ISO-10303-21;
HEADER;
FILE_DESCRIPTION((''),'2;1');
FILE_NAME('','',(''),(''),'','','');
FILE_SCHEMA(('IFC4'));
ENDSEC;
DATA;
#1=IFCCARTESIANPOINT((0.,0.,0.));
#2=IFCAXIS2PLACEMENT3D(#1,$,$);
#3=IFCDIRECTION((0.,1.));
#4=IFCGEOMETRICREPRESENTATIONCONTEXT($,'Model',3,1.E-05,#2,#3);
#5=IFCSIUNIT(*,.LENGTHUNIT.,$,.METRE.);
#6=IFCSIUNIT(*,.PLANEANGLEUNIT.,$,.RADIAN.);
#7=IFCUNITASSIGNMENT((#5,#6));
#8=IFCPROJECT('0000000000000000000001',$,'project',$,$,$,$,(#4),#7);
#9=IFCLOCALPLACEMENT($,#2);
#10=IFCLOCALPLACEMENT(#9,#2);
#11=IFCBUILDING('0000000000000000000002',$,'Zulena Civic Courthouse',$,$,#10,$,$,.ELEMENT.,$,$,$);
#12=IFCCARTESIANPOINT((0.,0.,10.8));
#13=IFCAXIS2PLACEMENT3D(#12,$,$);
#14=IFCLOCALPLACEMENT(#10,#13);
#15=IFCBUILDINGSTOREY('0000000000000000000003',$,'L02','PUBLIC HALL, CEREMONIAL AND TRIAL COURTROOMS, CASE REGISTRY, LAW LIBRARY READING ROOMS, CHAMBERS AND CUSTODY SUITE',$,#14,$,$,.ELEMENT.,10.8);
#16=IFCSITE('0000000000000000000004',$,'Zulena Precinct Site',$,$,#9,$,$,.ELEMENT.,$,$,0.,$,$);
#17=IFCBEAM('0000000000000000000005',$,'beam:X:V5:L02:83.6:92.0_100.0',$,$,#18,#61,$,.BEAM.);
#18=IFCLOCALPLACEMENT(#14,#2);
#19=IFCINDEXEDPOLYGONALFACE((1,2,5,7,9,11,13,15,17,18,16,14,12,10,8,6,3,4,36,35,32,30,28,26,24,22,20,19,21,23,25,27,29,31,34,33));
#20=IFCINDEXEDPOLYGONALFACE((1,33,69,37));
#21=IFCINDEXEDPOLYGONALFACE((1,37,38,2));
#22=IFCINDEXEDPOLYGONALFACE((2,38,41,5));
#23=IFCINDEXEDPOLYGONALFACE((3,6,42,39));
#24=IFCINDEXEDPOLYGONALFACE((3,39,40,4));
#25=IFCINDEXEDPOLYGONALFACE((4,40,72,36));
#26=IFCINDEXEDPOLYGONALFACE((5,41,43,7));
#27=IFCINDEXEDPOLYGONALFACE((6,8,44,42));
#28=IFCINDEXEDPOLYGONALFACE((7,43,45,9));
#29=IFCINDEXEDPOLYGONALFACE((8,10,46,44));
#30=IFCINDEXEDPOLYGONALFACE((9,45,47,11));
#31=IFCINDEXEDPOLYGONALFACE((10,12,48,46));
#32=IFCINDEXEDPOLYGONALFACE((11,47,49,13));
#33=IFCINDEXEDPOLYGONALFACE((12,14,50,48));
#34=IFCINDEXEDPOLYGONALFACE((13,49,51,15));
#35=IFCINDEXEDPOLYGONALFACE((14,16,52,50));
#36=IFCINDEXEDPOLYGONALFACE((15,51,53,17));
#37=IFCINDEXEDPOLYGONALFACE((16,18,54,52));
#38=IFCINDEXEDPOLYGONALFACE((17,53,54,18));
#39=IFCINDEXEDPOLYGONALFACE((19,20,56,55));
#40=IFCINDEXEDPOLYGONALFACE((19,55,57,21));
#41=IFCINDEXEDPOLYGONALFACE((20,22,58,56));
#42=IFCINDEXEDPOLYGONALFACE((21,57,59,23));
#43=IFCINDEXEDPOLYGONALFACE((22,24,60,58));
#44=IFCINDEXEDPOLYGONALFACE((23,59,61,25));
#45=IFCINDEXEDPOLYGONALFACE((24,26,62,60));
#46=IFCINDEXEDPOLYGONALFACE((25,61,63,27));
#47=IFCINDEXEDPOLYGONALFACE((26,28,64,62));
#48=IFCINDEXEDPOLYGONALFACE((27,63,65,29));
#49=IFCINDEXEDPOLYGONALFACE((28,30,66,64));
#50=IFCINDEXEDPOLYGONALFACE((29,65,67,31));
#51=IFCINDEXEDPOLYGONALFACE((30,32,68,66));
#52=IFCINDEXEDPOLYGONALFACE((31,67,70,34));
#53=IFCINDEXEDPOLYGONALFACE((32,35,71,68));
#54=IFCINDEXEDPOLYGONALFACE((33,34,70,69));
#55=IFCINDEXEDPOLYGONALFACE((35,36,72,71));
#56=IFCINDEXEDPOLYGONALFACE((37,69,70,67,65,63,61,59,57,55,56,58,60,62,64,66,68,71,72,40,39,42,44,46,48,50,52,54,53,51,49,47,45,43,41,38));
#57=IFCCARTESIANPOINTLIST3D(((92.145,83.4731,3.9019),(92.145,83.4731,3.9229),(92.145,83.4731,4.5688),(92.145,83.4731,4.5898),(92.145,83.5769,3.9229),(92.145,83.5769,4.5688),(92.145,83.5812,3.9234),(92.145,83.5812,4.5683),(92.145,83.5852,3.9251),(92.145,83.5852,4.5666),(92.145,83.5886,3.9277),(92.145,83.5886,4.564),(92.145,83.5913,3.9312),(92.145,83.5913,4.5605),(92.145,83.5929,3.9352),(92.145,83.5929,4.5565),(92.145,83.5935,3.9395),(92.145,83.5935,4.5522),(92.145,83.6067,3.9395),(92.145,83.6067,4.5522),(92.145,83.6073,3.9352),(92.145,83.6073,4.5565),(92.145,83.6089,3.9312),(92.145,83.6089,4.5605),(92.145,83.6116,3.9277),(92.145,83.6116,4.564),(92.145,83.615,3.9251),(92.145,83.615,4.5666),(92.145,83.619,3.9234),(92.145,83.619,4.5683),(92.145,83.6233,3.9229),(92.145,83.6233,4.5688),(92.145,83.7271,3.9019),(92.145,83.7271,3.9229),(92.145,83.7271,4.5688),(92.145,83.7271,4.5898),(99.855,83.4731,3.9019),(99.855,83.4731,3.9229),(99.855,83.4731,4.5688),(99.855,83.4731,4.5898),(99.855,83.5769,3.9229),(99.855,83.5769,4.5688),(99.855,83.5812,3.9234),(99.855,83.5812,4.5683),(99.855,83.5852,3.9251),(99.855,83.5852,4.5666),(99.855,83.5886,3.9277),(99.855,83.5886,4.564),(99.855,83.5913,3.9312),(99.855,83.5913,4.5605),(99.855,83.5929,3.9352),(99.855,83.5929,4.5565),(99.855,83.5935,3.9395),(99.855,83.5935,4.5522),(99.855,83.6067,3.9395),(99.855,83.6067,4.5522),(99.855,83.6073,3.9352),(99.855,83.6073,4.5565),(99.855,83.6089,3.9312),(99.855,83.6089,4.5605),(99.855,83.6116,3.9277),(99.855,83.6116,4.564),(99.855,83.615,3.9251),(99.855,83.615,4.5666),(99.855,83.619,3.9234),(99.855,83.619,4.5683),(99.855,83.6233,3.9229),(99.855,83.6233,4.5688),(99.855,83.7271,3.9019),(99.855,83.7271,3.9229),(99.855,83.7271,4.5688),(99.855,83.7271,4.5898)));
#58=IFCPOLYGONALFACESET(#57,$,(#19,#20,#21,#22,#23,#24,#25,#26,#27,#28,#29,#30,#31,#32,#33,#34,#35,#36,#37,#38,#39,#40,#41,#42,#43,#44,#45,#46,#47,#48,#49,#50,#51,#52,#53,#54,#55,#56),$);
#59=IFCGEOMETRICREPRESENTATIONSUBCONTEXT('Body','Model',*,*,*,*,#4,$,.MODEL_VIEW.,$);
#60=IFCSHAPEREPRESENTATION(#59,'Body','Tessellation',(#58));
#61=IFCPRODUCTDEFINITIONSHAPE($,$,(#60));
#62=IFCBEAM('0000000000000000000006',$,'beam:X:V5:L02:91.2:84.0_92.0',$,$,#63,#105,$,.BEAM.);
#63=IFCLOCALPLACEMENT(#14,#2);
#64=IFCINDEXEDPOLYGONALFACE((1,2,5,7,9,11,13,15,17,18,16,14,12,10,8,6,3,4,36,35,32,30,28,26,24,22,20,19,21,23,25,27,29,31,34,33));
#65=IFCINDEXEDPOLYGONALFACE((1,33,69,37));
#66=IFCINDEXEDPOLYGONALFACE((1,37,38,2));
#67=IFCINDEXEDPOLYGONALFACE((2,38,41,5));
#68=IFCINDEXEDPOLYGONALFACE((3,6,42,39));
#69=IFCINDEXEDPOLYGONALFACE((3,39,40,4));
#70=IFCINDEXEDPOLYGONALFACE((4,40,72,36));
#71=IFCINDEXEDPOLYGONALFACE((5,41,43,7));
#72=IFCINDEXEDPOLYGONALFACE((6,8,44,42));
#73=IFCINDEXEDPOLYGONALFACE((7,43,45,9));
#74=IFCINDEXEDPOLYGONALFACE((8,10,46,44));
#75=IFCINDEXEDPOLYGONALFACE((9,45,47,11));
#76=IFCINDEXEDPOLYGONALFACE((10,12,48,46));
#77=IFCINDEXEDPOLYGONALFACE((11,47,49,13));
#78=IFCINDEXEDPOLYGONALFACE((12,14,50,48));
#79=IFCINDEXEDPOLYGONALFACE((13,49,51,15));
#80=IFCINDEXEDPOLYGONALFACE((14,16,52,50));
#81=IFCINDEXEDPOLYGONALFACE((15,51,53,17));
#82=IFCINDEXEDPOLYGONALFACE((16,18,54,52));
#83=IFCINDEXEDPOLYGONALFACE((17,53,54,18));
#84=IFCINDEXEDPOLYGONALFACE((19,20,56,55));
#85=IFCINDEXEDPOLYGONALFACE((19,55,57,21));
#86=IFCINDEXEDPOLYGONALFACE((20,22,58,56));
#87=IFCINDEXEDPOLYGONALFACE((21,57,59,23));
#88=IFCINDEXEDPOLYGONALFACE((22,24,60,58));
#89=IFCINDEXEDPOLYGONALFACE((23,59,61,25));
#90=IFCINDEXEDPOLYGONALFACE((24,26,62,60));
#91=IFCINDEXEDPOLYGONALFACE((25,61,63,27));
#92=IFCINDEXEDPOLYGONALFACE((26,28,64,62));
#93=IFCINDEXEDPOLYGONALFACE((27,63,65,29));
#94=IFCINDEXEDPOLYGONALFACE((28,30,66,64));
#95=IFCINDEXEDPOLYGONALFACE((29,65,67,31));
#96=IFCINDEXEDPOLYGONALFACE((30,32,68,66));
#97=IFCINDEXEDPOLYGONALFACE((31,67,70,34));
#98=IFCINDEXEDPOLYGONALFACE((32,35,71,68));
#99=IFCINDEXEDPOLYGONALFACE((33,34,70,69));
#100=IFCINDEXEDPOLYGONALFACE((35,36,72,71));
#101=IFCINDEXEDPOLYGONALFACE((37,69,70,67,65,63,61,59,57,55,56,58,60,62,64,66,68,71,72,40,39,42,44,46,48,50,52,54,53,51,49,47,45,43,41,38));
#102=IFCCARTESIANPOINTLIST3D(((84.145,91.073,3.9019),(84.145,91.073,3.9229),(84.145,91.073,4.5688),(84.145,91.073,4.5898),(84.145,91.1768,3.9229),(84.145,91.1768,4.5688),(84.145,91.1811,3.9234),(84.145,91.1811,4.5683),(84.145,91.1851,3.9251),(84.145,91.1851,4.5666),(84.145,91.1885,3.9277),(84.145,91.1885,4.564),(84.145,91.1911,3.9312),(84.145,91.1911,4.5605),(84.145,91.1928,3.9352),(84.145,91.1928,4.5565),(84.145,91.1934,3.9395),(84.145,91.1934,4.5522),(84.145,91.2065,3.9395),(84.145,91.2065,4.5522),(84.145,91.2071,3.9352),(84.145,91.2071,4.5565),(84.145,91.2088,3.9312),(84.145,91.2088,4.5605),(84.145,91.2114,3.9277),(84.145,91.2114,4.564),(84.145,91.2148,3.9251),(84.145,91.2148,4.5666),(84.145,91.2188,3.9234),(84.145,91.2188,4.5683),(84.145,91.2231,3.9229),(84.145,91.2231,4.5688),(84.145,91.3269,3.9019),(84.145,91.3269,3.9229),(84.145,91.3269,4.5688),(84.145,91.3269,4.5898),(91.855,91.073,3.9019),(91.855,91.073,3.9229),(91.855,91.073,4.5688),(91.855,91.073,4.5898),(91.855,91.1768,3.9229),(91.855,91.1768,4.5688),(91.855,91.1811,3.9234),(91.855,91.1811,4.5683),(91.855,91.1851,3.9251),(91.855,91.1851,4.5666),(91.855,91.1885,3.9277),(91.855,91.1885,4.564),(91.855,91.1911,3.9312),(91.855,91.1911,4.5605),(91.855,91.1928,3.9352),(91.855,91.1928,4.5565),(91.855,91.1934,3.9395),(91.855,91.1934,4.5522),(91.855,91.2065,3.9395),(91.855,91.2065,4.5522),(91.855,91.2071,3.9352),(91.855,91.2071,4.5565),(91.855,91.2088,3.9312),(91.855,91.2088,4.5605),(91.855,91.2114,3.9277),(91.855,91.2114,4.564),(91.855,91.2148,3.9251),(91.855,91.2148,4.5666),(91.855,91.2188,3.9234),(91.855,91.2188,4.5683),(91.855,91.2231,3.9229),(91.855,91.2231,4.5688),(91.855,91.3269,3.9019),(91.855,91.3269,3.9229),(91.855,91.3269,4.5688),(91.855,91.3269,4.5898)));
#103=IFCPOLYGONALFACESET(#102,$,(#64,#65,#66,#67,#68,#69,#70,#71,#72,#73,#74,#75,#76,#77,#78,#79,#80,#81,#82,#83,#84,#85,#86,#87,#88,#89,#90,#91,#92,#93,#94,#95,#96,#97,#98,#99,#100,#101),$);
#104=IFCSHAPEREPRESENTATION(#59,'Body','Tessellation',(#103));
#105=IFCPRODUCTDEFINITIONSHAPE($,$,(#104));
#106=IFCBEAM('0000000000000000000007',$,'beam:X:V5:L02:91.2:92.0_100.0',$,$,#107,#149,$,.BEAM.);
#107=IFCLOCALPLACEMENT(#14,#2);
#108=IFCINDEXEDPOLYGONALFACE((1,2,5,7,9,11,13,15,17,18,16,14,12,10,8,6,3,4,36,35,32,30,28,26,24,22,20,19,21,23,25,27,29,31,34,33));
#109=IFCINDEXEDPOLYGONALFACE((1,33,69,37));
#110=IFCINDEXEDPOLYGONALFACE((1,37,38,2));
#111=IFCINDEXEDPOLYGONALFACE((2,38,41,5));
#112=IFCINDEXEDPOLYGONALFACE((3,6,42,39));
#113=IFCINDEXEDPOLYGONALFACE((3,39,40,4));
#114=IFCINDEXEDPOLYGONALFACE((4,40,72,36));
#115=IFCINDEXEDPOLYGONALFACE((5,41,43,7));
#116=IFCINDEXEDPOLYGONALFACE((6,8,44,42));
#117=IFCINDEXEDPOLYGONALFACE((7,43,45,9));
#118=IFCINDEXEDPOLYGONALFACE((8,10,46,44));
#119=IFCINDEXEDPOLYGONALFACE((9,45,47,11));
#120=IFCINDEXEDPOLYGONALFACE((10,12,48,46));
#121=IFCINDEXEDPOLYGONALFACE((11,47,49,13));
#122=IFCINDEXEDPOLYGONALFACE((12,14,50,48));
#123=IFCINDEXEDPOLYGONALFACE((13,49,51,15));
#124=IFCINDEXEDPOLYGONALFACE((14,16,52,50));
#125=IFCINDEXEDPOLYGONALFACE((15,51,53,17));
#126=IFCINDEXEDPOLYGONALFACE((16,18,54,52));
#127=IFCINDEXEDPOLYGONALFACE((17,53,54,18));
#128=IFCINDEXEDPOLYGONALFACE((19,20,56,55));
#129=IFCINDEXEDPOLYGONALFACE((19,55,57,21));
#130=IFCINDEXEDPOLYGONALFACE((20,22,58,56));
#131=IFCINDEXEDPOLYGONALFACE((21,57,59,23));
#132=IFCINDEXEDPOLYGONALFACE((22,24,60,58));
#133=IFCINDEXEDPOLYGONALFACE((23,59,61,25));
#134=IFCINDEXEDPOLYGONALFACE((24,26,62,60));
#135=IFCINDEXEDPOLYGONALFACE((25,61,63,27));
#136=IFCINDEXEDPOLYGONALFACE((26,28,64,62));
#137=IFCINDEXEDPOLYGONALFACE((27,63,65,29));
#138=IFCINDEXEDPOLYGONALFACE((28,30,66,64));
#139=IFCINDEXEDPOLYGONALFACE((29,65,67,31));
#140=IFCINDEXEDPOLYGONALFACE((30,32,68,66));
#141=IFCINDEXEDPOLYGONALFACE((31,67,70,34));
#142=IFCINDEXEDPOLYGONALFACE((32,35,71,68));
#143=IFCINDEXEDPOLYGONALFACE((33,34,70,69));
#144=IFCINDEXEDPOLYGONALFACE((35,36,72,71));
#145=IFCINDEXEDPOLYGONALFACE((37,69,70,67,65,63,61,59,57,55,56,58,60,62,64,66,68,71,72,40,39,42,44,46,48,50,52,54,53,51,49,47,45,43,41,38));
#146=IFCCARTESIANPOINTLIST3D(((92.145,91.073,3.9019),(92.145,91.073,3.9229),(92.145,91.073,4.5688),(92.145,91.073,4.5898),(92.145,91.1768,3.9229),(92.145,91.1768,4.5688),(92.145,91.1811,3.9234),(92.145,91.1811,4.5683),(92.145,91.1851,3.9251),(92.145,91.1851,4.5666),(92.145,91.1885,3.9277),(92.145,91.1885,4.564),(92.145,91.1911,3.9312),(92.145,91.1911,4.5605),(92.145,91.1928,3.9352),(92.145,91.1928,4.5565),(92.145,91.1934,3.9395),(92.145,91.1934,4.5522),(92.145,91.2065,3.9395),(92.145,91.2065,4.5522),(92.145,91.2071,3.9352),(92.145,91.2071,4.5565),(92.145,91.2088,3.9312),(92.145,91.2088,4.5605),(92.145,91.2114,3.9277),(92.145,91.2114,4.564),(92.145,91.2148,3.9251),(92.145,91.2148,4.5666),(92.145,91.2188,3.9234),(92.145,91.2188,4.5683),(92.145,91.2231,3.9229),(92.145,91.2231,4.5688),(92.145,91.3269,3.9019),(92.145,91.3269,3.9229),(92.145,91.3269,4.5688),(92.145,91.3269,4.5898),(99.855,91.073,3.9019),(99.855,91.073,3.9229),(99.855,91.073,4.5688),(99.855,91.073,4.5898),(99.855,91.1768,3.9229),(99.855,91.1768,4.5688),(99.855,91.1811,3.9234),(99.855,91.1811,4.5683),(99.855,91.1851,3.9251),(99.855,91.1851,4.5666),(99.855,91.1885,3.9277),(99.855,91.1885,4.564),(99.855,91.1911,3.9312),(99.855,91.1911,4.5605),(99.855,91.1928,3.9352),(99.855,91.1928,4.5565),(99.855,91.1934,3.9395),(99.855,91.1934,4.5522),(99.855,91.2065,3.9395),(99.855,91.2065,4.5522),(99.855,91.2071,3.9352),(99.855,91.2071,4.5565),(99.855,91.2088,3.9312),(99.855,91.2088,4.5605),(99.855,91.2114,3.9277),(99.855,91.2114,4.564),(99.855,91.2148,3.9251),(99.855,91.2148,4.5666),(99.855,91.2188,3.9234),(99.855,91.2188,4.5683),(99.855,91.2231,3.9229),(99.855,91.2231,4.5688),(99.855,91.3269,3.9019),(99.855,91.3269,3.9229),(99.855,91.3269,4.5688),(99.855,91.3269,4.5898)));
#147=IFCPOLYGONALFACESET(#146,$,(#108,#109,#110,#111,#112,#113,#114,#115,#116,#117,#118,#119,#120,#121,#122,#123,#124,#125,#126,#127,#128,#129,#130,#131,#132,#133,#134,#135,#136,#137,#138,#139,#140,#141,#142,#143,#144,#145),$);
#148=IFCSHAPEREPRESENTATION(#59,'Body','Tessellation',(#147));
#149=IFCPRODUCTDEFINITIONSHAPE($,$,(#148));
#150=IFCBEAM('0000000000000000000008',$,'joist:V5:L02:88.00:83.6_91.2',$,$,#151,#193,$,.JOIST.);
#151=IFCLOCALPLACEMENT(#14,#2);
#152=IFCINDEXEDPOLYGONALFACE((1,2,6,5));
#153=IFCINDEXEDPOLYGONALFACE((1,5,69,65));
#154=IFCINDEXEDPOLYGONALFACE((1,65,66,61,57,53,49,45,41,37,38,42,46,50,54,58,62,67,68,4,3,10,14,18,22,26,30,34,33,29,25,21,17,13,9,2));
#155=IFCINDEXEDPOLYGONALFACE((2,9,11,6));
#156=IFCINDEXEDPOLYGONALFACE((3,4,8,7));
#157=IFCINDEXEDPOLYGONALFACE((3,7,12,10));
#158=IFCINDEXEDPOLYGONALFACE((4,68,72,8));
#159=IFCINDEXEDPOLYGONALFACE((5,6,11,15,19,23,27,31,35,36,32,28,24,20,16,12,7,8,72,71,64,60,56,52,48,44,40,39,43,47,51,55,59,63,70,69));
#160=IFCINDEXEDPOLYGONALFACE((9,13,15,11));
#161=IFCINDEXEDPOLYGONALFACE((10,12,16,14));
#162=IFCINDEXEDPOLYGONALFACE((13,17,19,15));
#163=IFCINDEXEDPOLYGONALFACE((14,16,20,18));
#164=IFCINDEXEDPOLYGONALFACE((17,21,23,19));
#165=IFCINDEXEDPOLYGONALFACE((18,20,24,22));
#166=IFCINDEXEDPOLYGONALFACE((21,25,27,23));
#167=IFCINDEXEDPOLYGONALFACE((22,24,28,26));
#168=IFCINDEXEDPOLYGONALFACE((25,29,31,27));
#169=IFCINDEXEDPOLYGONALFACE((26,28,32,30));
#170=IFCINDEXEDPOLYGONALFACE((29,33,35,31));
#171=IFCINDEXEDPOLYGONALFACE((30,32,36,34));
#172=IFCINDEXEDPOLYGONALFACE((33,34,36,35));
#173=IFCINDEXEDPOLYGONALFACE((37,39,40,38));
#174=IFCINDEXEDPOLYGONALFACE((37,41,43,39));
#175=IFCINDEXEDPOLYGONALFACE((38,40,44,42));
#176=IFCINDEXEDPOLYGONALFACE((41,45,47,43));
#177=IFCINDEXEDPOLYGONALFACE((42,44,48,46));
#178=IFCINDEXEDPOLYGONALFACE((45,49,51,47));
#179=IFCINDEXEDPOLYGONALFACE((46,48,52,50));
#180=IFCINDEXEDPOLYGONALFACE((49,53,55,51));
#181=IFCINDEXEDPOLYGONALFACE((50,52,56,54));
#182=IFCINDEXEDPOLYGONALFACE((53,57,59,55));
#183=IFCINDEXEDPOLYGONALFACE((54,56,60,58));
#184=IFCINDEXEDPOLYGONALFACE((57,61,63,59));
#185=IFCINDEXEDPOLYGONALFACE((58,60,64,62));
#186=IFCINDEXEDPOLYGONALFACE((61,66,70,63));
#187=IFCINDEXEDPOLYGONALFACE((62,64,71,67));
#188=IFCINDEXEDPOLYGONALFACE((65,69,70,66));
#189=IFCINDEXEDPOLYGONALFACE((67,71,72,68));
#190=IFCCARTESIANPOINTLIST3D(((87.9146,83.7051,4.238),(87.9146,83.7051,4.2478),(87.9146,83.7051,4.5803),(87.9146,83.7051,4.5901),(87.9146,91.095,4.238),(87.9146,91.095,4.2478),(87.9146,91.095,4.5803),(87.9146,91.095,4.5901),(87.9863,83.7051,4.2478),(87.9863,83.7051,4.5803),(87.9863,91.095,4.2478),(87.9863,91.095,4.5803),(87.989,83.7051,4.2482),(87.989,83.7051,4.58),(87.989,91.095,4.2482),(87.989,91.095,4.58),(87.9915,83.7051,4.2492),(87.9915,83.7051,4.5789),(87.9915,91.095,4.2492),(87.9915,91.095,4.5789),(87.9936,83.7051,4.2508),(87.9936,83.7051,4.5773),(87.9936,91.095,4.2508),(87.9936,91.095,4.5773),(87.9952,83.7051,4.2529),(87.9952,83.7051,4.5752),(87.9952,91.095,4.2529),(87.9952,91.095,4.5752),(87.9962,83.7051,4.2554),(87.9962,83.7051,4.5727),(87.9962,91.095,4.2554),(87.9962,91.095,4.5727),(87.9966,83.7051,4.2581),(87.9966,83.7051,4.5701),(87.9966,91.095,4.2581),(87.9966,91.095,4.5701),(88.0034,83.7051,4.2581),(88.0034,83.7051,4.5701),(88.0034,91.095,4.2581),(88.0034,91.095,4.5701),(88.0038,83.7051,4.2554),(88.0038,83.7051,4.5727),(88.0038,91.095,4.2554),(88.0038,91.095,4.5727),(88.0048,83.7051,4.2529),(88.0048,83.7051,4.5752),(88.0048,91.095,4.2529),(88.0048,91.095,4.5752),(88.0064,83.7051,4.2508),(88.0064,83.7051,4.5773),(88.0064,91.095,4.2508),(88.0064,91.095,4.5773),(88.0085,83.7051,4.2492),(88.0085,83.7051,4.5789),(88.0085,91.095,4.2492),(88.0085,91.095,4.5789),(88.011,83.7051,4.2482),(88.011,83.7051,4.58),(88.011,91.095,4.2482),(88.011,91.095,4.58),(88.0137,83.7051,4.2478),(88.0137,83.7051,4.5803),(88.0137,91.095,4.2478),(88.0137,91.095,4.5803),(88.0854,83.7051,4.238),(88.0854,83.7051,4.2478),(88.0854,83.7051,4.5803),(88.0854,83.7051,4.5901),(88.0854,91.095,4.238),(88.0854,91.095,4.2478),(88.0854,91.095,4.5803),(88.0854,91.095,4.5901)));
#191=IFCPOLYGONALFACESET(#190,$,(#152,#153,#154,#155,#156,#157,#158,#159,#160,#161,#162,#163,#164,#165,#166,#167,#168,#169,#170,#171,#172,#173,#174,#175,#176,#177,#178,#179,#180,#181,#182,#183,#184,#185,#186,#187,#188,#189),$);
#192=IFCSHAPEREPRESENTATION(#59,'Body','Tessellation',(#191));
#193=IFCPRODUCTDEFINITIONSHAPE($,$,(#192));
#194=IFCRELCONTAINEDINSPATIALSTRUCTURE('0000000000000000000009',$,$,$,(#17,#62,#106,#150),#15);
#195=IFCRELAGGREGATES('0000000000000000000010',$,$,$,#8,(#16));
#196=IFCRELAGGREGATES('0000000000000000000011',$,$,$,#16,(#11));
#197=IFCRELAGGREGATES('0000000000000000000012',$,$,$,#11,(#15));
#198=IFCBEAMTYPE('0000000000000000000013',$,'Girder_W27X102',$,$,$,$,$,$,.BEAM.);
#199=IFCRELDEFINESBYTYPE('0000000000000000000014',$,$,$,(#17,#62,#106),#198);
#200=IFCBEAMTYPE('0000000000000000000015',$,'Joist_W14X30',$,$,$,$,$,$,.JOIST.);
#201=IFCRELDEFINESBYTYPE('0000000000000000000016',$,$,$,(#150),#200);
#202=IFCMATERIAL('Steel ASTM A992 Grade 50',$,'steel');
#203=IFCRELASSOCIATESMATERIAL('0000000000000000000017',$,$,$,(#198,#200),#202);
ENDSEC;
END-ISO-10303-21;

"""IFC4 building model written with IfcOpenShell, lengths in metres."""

from ifc_helpers import new_model, si_unit, direction, frame, origin, origin_2d, place, context, subcontext, project, spatial, i_section, extrude, material, material_profile, profile_set, type_object, element, save


model = new_model("IFC4")

# Units and contexts
model_context = context("Model", 3, precision=1e-05, world=origin(), true_north=direction((0.0, 1.0)))
body_context = subcontext(model_context, "Body", "Model", "MODEL_VIEW")
ifc_project = project(units=[si_unit("LENGTHUNIT", "METRE"), si_unit("PLANEANGLEUNIT", "RADIAN")], contexts=[model_context])

# Site, building, storey
site_placement = place(None, origin())
site = spatial("IfcSite", under=ifc_project, at=site_placement, Name="Zulena Precinct Site", CompositionType="ELEMENT", RefElevation=0.0)
building_placement = place(site_placement, origin())
building = spatial("IfcBuilding", under=site, at=building_placement, Name="Zulena Civic Courthouse", CompositionType="ELEMENT")
storey_placement = place(building_placement, frame((0.0, 0.0, 10.8)))
storey = spatial("IfcBuildingStorey", under=building, at=storey_placement, Name="L02", Description="PUBLIC HALL, CEREMONIAL AND TRIAL COURTROOMS, CASE REGISTRY, LAW LIBRARY READING ROOMS, CHAMBERS AND CUSTODY SUITE", CompositionType="ELEMENT", Elevation=10.8)

# Shared definitions
ifc_material_1 = material(Name="Steel ASTM A992 Grade 50", Category="steel")

# Beams
ifc_material_profile_1 = material_profile(ifc_material_1, i_section(OverallWidth=0.2539, OverallDepth=0.688, WebThickness=0.0132, FlangeThickness=0.021, FilletRadius=0.0166, at=origin_2d()), Name="W27X102")
ifc_profile_set_1 = profile_set([ifc_material_profile_1], Name="Steel ASTM A992 Grade 50")
beam_type_1 = type_object("IfcBeamType", Name="Girder_W27X102", PredefinedType="BEAM", material=ifc_profile_set_1)
for number, where, z_axis, x_axis, name in (
    (1, (92.145, 83.6001, 4.2458), (1.0, 0.0, 0.0), (0.0, 1.0, 0.0), "beam:X:V5:L02:83.6:92.0_100.0"),
    (2, (84.145, 91.2, 4.2458), (1.0, 0.0, 0.0), (0.0, 1.0, 0.0), "beam:X:V5:L02:91.2:84.0_92.0"),
    (3, (92.145, 91.2, 4.2458), (1.0, 0.0, 0.0), (0.0, 1.0, 0.0), "beam:X:V5:L02:91.2:92.0_100.0"),
):
    element("IfcBeam", number, at=place(storey_placement, frame(where, z_axis=z_axis, x_axis=x_axis)), inside=storey, type_object=beam_type_1, Name=name, PredefinedType="BEAM", context=body_context, shape_type="SweptSolid", body=[
        extrude(i_section(OverallWidth=0.2539, OverallDepth=0.688, WebThickness=0.0132, FlangeThickness=0.021, FilletRadius=0.0166, at=origin_2d()), origin(), (0.0, 0.0, 1.0), 7.71),
    ])
ifc_material_profile_2 = material_profile(ifc_material_1, i_section(OverallWidth=0.1709, OverallDepth=0.3521, WebThickness=0.0068, FlangeThickness=0.0098, FilletRadius=0.0103, at=origin_2d()), Name="W14X30")
ifc_profile_set_2 = profile_set([ifc_material_profile_2], Name="Steel ASTM A992 Grade 50")
beam_type_2 = type_object("IfcBeamType", Name="Joist_W14X30", PredefinedType="JOIST", material=ifc_profile_set_2)
for number, where, z_axis, x_axis, name in (
    (4, (88.0, 83.7051, 4.4141), (0.0, 1.0, 0.0), (-1.0, 0.0, 0.0), "joist:V5:L02:88.00:83.6_91.2"),
):
    element("IfcBeam", number, at=place(storey_placement, frame(where, z_axis=z_axis, x_axis=x_axis)), inside=storey, type_object=beam_type_2, Name=name, PredefinedType="JOIST", context=body_context, shape_type="SweptSolid", body=[
        extrude(i_section(OverallWidth=0.1709, OverallDepth=0.3521, WebThickness=0.0068, FlangeThickness=0.0098, FilletRadius=0.0103, at=origin_2d()), origin(), (0.0, 0.0, 1.0), 7.3899),
    ])

save(model, "model.ifc")
